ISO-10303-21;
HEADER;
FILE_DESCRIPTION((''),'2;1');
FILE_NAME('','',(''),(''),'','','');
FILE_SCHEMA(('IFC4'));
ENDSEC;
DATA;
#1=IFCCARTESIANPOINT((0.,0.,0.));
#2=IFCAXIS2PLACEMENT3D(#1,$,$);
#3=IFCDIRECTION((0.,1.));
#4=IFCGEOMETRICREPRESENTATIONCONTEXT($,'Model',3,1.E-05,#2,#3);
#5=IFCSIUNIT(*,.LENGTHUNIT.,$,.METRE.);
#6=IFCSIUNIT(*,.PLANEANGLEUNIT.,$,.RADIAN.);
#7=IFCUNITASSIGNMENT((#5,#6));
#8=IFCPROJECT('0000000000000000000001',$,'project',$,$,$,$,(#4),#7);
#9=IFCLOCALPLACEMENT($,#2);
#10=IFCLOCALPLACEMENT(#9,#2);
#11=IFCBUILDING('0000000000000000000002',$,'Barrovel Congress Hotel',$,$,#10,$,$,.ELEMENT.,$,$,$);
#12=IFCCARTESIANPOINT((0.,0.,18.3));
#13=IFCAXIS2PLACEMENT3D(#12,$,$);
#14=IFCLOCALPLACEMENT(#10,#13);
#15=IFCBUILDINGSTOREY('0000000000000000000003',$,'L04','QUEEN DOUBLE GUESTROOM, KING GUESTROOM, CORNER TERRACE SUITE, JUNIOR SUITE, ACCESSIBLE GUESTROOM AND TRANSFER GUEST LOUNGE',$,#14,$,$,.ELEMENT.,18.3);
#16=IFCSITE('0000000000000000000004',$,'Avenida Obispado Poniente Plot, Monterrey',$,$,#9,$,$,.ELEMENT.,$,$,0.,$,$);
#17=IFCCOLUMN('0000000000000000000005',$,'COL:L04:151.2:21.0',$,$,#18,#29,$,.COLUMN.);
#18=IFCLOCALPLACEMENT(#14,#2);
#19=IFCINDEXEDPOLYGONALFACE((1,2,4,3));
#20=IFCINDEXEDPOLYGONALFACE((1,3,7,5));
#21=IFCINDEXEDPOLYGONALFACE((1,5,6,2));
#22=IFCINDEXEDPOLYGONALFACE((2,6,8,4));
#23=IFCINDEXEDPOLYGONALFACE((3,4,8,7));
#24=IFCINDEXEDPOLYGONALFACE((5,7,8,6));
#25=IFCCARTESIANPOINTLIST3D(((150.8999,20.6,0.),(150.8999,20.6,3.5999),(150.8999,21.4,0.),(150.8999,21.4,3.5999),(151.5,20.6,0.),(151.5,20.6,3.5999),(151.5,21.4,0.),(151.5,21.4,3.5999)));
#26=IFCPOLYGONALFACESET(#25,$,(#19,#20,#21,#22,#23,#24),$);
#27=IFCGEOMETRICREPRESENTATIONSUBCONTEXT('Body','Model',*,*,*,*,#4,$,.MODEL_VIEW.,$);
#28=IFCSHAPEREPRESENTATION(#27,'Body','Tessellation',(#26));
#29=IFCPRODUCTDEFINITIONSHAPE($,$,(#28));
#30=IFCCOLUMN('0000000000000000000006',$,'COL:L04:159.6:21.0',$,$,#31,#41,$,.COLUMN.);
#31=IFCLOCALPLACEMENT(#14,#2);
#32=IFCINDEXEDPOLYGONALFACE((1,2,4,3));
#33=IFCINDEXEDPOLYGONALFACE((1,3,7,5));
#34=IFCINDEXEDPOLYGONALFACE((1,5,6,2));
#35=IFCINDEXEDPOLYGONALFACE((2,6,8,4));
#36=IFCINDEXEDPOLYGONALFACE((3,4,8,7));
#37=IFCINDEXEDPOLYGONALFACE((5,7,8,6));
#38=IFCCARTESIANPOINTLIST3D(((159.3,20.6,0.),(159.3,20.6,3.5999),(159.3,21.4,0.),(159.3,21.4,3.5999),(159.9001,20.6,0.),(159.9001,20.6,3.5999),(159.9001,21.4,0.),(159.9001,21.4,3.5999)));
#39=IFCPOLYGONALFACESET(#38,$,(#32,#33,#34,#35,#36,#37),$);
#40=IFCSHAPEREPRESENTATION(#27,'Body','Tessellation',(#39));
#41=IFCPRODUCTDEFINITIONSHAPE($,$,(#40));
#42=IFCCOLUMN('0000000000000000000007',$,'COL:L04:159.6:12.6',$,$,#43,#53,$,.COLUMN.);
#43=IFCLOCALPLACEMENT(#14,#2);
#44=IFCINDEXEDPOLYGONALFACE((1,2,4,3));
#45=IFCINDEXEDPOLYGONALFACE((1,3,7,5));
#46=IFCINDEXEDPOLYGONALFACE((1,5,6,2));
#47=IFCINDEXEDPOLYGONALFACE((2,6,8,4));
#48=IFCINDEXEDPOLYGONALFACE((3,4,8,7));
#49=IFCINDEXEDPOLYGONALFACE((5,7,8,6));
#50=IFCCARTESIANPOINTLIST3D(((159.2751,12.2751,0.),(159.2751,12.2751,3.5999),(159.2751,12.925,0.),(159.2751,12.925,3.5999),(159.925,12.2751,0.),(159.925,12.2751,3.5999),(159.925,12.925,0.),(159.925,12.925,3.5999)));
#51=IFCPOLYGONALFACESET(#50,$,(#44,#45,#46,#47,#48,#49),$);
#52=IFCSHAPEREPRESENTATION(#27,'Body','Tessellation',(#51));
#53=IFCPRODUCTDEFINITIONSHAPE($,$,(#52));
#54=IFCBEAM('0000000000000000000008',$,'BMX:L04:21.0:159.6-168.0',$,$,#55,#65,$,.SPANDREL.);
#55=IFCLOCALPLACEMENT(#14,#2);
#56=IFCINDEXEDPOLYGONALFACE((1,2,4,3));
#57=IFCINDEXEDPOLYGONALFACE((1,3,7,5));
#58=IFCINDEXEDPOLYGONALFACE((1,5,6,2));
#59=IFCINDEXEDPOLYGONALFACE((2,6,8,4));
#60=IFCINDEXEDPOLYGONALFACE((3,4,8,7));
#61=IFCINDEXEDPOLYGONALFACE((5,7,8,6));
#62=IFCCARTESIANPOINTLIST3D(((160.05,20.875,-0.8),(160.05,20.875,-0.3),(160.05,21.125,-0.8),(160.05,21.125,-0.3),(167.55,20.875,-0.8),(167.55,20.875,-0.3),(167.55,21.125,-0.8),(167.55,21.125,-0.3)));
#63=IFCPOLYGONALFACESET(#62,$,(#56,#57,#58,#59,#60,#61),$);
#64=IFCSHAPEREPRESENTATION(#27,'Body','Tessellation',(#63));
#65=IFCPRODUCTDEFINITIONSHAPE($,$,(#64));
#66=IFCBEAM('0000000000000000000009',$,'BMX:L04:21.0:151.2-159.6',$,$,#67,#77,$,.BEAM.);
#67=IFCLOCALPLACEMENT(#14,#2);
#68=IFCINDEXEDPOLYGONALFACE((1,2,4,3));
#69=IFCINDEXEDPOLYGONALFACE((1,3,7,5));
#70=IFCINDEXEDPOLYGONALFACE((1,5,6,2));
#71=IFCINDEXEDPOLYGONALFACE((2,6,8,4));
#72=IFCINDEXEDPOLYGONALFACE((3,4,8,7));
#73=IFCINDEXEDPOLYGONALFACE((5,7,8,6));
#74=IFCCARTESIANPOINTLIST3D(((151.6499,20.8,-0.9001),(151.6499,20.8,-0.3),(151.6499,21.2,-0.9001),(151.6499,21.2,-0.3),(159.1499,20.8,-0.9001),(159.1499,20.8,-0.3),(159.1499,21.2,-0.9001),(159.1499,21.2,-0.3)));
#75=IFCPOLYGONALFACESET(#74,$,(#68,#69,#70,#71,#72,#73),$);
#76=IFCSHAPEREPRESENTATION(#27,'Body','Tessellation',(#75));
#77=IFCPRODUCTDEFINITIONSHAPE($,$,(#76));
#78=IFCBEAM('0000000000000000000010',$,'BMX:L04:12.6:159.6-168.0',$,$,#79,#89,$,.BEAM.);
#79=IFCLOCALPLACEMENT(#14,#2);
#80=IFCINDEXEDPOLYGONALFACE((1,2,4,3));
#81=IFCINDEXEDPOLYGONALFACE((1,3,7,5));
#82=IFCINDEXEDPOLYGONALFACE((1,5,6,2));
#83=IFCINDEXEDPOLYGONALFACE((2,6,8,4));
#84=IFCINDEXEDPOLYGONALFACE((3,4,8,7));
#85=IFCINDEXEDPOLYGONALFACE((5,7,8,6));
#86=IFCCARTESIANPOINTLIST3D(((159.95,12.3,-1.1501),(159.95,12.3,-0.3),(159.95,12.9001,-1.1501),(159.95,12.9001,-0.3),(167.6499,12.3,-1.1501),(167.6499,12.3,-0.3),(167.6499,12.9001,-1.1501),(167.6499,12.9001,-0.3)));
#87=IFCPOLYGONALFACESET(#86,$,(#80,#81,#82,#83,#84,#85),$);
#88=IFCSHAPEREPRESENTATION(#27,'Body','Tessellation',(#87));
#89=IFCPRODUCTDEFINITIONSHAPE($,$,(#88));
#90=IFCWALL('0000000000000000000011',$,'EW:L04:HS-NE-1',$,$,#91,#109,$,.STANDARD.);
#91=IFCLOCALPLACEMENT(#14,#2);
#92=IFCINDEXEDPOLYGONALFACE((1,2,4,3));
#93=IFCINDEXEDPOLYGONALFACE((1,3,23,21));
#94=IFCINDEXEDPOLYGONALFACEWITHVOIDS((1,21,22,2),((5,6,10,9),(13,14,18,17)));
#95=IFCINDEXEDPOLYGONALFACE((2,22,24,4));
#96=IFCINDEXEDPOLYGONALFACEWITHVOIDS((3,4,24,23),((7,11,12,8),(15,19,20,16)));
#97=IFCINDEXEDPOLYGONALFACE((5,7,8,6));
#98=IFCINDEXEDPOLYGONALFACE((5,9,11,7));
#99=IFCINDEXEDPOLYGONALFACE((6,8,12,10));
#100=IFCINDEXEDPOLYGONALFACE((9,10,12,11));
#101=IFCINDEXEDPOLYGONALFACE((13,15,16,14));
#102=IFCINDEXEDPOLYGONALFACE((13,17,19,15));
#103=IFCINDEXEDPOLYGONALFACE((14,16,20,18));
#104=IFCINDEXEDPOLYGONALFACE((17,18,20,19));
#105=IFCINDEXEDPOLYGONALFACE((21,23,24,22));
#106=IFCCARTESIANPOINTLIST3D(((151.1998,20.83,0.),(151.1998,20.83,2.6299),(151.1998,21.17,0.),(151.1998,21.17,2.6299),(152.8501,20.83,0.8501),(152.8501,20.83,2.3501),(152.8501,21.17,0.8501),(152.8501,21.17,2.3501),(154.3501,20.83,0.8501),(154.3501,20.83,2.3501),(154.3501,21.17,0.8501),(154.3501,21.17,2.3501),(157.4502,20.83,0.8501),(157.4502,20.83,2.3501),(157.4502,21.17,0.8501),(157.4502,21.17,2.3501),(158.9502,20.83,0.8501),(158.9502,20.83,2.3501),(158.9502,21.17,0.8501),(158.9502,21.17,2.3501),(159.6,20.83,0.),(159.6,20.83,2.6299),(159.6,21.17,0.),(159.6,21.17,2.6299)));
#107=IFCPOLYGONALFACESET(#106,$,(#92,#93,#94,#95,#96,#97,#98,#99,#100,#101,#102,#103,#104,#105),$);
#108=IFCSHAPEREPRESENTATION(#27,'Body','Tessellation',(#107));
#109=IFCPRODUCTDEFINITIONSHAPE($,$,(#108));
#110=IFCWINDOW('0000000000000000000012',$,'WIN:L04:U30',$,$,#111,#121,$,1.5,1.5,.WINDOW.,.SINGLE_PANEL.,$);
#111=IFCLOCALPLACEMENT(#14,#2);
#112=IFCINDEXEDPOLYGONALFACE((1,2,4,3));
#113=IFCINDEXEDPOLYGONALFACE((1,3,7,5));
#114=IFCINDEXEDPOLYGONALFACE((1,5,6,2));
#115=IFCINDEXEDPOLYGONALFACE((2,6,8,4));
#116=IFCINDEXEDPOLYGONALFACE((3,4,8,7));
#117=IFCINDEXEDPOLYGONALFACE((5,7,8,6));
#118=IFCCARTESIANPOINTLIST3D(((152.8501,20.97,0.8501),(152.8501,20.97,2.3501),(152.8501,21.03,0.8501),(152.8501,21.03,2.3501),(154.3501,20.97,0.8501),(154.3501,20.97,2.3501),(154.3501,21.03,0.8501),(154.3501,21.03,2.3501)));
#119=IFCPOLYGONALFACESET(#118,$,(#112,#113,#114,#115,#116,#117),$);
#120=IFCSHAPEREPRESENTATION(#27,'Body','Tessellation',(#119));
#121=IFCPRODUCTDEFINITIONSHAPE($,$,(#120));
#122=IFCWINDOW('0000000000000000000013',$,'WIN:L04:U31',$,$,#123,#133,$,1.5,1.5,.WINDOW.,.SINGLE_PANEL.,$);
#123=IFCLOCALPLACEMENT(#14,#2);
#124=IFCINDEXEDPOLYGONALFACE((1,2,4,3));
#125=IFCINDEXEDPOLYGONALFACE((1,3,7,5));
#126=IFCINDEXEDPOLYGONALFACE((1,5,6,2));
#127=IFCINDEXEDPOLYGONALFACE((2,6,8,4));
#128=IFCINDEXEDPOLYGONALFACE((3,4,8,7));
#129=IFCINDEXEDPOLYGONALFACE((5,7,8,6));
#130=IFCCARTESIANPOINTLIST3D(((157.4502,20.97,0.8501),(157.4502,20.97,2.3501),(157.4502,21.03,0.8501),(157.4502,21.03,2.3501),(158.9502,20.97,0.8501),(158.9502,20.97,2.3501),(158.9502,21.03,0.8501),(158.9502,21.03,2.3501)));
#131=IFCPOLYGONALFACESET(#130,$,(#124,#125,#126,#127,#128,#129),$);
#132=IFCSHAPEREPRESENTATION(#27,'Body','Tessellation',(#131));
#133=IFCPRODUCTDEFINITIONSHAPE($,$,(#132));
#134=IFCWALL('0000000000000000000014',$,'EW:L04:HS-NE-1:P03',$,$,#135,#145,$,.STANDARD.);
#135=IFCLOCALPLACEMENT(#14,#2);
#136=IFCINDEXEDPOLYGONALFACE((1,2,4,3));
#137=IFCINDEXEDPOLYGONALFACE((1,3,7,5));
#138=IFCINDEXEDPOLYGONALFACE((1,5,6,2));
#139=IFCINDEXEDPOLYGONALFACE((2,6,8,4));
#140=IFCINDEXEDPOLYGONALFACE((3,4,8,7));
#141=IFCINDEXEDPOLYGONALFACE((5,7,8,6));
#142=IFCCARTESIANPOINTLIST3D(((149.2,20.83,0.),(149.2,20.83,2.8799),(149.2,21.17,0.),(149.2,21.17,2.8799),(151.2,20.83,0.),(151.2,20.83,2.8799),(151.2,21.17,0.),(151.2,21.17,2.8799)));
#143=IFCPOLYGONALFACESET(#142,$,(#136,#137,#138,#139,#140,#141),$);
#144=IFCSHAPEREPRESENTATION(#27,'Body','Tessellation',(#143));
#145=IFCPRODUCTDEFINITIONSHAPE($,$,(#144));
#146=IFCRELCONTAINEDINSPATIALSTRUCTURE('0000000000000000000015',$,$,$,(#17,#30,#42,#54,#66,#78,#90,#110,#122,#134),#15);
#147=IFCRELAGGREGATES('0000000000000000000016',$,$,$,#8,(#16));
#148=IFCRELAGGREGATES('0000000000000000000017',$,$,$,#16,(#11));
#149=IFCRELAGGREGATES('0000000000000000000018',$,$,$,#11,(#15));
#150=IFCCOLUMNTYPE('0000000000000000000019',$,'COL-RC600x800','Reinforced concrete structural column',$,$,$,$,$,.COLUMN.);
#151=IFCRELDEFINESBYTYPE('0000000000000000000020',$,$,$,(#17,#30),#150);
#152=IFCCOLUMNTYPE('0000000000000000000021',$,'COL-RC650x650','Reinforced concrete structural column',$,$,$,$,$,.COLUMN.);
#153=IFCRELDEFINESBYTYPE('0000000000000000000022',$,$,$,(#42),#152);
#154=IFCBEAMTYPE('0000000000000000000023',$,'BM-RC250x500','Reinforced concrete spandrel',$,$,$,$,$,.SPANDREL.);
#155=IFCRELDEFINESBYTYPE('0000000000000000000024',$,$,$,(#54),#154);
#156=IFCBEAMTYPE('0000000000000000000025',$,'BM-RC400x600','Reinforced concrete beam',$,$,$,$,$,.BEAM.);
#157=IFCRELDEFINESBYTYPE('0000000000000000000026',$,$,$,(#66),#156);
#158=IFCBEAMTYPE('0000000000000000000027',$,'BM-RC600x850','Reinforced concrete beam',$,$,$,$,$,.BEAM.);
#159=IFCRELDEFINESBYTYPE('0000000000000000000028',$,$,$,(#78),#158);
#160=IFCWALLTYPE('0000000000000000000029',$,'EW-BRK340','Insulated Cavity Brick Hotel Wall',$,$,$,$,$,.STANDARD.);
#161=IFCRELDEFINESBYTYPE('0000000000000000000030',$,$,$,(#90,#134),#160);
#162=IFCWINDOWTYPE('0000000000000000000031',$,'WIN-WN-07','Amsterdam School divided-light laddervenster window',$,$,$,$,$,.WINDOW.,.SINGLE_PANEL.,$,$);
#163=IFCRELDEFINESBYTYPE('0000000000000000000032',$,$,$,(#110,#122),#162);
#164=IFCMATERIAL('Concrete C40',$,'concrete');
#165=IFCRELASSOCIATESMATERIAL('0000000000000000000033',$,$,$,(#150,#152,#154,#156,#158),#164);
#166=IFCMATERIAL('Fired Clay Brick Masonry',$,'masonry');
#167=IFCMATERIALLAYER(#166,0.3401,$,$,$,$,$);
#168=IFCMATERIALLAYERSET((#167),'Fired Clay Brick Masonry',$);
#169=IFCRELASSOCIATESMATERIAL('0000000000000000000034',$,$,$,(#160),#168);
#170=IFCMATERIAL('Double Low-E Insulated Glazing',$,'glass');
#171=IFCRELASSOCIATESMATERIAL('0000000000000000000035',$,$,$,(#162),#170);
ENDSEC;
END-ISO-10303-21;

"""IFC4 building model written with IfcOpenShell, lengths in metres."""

from ifc_helpers import new_model, si_unit, direction, frame, frame_2d, origin, origin_2d, place, context, subcontext, project, spatial, rectangle, extrude, material, layer, layer_set, material_profile, profile_set, type_object, element, fill, save


model = new_model("IFC4")

# Units and contexts
model_context = context("Model", 3, precision=1e-05, world=origin(), true_north=direction((0.0, 1.0)))
body_context = subcontext(model_context, "Body", "Model", "MODEL_VIEW")
ifc_project = project(units=[si_unit("LENGTHUNIT", "METRE"), si_unit("PLANEANGLEUNIT", "RADIAN")], contexts=[model_context])

# Site, building, storey
site_placement = place(None, origin())
site = spatial("IfcSite", under=ifc_project, at=site_placement, Name="Avenida Obispado Poniente Plot, Monterrey", CompositionType="ELEMENT", RefElevation=0.0)
building_placement = place(site_placement, origin())
building = spatial("IfcBuilding", under=site, at=building_placement, Name="Barrovel Congress Hotel", CompositionType="ELEMENT")
storey_placement = place(building_placement, frame((0.0, 0.0, 18.3)))
storey = spatial("IfcBuildingStorey", under=building, at=storey_placement, Name="L04", Description="QUEEN DOUBLE GUESTROOM, KING GUESTROOM, CORNER TERRACE SUITE, JUNIOR SUITE, ACCESSIBLE GUESTROOM AND TRANSFER GUEST LOUNGE", CompositionType="ELEMENT", Elevation=18.3)

# Columns
ifc_material_1 = material(Name="Concrete C40", Category="concrete")
ifc_material_profile_1 = material_profile(ifc_material_1, rectangle(XDim=0.6001, YDim=0.8, at=origin_2d()), Name="RC600x800")
ifc_profile_set_1 = profile_set([ifc_material_profile_1], Name="Concrete C40")
column_type_1 = type_object("IfcColumnType", Name="COL-RC600x800", Description="Reinforced concrete structural column", PredefinedType="COLUMN", material=ifc_profile_set_1)
for number, where, z_axis, x_axis, name in (
    (1, (151.2, 21.0, 0.0), (0.0, 0.0, 1.0), (1.0, 0.0, 0.0), "COL:L04:151.2:21.0"),
    (2, (159.6001, 21.0, 0.0), (0.0, 0.0, 1.0), (1.0, 0.0, 0.0), "COL:L04:159.6:21.0"),
):
    element("IfcColumn", number, at=place(storey_placement, frame(where, z_axis=z_axis, x_axis=x_axis)), inside=storey, type_object=column_type_1, Name=name, PredefinedType="COLUMN", context=body_context, shape_type="SweptSolid", body=[
        extrude(rectangle(XDim=0.6001, YDim=0.8, at=origin_2d()), origin(), (0.0, 0.0, 1.0), 3.5999),
    ])
ifc_material_profile_2 = material_profile(ifc_material_1, rectangle(XDim=0.6499, YDim=0.6499, at=origin_2d()), Name="RC650x650")
ifc_profile_set_2 = profile_set([ifc_material_profile_2], Name="Concrete C40")
column_type_2 = type_object("IfcColumnType", Name="COL-RC650x650", Description="Reinforced concrete structural column", PredefinedType="COLUMN", material=ifc_profile_set_2)
column_placement = place(storey_placement, frame((159.6001, 12.6001, 0.0), z_axis=(0.0, 0.0, 1.0), x_axis=(1.0, 0.0, 0.0)))
element("IfcColumn", 3, at=column_placement, inside=storey, type_object=column_type_2, Name="COL:L04:159.6:12.6", PredefinedType="COLUMN", context=body_context, shape_type="SweptSolid", body=[
    extrude(rectangle(XDim=0.6499, YDim=0.6499, at=origin_2d()), origin(), (0.0, 0.0, 1.0), 3.5999),
])

# Beams
ifc_material_profile_3 = material_profile(ifc_material_1, rectangle(XDim=0.25, YDim=0.5, at=origin_2d()), Name="RC250x500")
ifc_profile_set_3 = profile_set([ifc_material_profile_3], Name="Concrete C40")
beam_type_1 = type_object("IfcBeamType", Name="BM-RC250x500", Description="Reinforced concrete spandrel", PredefinedType="SPANDREL", material=ifc_profile_set_3)
beam_1_placement = place(storey_placement, frame((160.05, 21.0, -0.55), z_axis=(1.0, 0.0, 0.0), x_axis=(0.0, 1.0, 0.0)))
element("IfcBeam", 4, at=beam_1_placement, inside=storey, type_object=beam_type_1, Name="BMX:L04:21.0:159.6-168.0", PredefinedType="SPANDREL", context=body_context, shape_type="SweptSolid", body=[
    extrude(rectangle(XDim=0.25, YDim=0.5, at=origin_2d()), origin(), (0.0, 0.0, 1.0), 7.5),
])
ifc_material_profile_4 = material_profile(ifc_material_1, rectangle(XDim=0.3999, YDim=0.6001, at=origin_2d()), Name="RC400x600")
ifc_profile_set_4 = profile_set([ifc_material_profile_4], Name="Concrete C40")
beam_type_2 = type_object("IfcBeamType", Name="BM-RC400x600", Description="Reinforced concrete beam", PredefinedType="BEAM", material=ifc_profile_set_4)
beam_2_placement = place(storey_placement, frame((151.6499, 21.0, -0.6001), z_axis=(1.0, 0.0, 0.0), x_axis=(0.0, 1.0, 0.0)))
element("IfcBeam", 5, at=beam_2_placement, inside=storey, type_object=beam_type_2, Name="BMX:L04:21.0:151.2-159.6", PredefinedType="BEAM", context=body_context, shape_type="SweptSolid", body=[
    extrude(rectangle(XDim=0.3999, YDim=0.6001, at=origin_2d()), origin(), (0.0, 0.0, 1.0), 7.5),
])
ifc_material_profile_5 = material_profile(ifc_material_1, rectangle(XDim=0.6001, YDim=0.8501, at=origin_2d()), Name="RC600x850")
ifc_profile_set_5 = profile_set([ifc_material_profile_5], Name="Concrete C40")
beam_type_3 = type_object("IfcBeamType", Name="BM-RC600x850", Description="Reinforced concrete beam", PredefinedType="BEAM", material=ifc_profile_set_5)
beam_3_placement = place(storey_placement, frame((159.95, 12.6001, -0.7251), z_axis=(1.0, 0.0, 0.0), x_axis=(0.0, 1.0, 0.0)))
element("IfcBeam", 6, at=beam_3_placement, inside=storey, type_object=beam_type_3, Name="BMX:L04:12.6:159.6-168.0", PredefinedType="BEAM", context=body_context, shape_type="SweptSolid", body=[
    extrude(rectangle(XDim=0.6001, YDim=0.8501, at=origin_2d()), origin(), (0.0, 0.0, 1.0), 7.7),
])

# Wall, openings, windows
ifc_material_2 = material(Name="Fired Clay Brick Masonry", Category="masonry")
ifc_layer_1 = layer(ifc_material_2, 0.3401)
ifc_layer_set_1 = layer_set([ifc_layer_1], Name="Fired Clay Brick Masonry")
wall_type_1 = type_object("IfcWallType", Name="EW-BRK340", Description="Insulated Cavity Brick Hotel Wall", PredefinedType="STANDARD", material=ifc_layer_set_1)
wall_1_placement = place(storey_placement, frame((159.6001, 21.0, 0.0), z_axis=(0.0, 0.0, 1.0), x_axis=(-1.0, 0.0, 0.0)))
wall_1 = element("IfcWall", 7, at=wall_1_placement, inside=storey, type_object=wall_type_1, Name="EW:L04:HS-NE-1", PredefinedType="STANDARD", context=body_context, shape_type="SweptSolid", body=[
    extrude(rectangle(XDim=8.4001, YDim=0.3401, at=frame_2d((4.2002, 0.0))), origin(), (0.0, 0.0, 1.0), 2.6299),
])
opening_1_placement = place(wall_1_placement, frame((5.25, 0.0, 0.8501)))
opening_1 = element("IfcOpeningElement", 8, at=opening_1_placement, cuts=wall_1, PredefinedType="OPENING", context=body_context, shape_type="SweptSolid", body=[
    extrude(rectangle(XDim=1.5, YDim=1.5, at=frame_2d((0.75, 0.75))), frame((0.0, 0.1802, 0.0), z_axis=(0.0, -1.0, 0.0), x_axis=(1.0, 0.0, 0.0)), (0.0, 0.0, 1.0), 0.3601),
])
opening_2_placement = place(wall_1_placement, frame((0.6499, 0.0, 0.8501)))
opening_2 = element("IfcOpeningElement", 9, at=opening_2_placement, cuts=wall_1, PredefinedType="OPENING", context=body_context, shape_type="SweptSolid", body=[
    extrude(rectangle(XDim=1.5, YDim=1.5, at=frame_2d((0.75, 0.75))), frame((0.0, 0.1802, 0.0), z_axis=(0.0, -1.0, 0.0), x_axis=(1.0, 0.0, 0.0)), (0.0, 0.0, 1.0), 0.3601),
])
ifc_material_3 = material(Name="Double Low-E Insulated Glazing", Category="glass")
window_type = type_object("IfcWindowType", Name="WIN-WN-07", Description="Amsterdam School divided-light laddervenster window", PartitioningType="SINGLE_PANEL", PredefinedType="WINDOW", material=ifc_material_3)
window_1_placement = place(opening_1_placement, origin())
window_1 = element("IfcWindow", 10, at=window_1_placement, inside=storey, type_object=window_type, Name="WIN:L04:U30", OverallHeight=1.5, OverallWidth=1.5, PartitioningType="SINGLE_PANEL", PredefinedType="WINDOW", context=body_context, shape_type="SweptSolid", body=[
    extrude(rectangle(XDim=1.5, YDim=1.5, at=frame_2d((0.75, 0.75))), frame((0.0, 0.03, 0.0), z_axis=(0.0, -1.0, 0.0), x_axis=(1.0, 0.0, 0.0)), (0.0, 0.0, 1.0), 0.0601),
])
fill(opening_1, window_1)
window_2_placement = place(opening_2_placement, origin())
window_2 = element("IfcWindow", 11, at=window_2_placement, inside=storey, type_object=window_type, Name="WIN:L04:U31", OverallHeight=1.5, OverallWidth=1.5, PartitioningType="SINGLE_PANEL", PredefinedType="WINDOW", context=body_context, shape_type="SweptSolid", body=[
    extrude(rectangle(XDim=1.5, YDim=1.5, at=frame_2d((0.75, 0.75))), frame((0.0, 0.03, 0.0), z_axis=(0.0, -1.0, 0.0), x_axis=(1.0, 0.0, 0.0)), (0.0, 0.0, 1.0), 0.0601),
])
fill(opening_2, window_2)

# Wall
wall_2_placement = place(storey_placement, frame((151.2, 21.0, 0.0), z_axis=(0.0, 0.0, 1.0), x_axis=(-1.0, 0.0, 0.0)))
element("IfcWall", 12, at=wall_2_placement, inside=storey, type_object=wall_type_1, Name="EW:L04:HS-NE-1:P03", PredefinedType="STANDARD", context=body_context, shape_type="SweptSolid", body=[
    extrude(rectangle(XDim=2.0, YDim=0.3401, at=frame_2d((1.0, 0.0))), origin(), (0.0, 0.0, 1.0), 2.8799),
])

save(model, "model.ifc")
